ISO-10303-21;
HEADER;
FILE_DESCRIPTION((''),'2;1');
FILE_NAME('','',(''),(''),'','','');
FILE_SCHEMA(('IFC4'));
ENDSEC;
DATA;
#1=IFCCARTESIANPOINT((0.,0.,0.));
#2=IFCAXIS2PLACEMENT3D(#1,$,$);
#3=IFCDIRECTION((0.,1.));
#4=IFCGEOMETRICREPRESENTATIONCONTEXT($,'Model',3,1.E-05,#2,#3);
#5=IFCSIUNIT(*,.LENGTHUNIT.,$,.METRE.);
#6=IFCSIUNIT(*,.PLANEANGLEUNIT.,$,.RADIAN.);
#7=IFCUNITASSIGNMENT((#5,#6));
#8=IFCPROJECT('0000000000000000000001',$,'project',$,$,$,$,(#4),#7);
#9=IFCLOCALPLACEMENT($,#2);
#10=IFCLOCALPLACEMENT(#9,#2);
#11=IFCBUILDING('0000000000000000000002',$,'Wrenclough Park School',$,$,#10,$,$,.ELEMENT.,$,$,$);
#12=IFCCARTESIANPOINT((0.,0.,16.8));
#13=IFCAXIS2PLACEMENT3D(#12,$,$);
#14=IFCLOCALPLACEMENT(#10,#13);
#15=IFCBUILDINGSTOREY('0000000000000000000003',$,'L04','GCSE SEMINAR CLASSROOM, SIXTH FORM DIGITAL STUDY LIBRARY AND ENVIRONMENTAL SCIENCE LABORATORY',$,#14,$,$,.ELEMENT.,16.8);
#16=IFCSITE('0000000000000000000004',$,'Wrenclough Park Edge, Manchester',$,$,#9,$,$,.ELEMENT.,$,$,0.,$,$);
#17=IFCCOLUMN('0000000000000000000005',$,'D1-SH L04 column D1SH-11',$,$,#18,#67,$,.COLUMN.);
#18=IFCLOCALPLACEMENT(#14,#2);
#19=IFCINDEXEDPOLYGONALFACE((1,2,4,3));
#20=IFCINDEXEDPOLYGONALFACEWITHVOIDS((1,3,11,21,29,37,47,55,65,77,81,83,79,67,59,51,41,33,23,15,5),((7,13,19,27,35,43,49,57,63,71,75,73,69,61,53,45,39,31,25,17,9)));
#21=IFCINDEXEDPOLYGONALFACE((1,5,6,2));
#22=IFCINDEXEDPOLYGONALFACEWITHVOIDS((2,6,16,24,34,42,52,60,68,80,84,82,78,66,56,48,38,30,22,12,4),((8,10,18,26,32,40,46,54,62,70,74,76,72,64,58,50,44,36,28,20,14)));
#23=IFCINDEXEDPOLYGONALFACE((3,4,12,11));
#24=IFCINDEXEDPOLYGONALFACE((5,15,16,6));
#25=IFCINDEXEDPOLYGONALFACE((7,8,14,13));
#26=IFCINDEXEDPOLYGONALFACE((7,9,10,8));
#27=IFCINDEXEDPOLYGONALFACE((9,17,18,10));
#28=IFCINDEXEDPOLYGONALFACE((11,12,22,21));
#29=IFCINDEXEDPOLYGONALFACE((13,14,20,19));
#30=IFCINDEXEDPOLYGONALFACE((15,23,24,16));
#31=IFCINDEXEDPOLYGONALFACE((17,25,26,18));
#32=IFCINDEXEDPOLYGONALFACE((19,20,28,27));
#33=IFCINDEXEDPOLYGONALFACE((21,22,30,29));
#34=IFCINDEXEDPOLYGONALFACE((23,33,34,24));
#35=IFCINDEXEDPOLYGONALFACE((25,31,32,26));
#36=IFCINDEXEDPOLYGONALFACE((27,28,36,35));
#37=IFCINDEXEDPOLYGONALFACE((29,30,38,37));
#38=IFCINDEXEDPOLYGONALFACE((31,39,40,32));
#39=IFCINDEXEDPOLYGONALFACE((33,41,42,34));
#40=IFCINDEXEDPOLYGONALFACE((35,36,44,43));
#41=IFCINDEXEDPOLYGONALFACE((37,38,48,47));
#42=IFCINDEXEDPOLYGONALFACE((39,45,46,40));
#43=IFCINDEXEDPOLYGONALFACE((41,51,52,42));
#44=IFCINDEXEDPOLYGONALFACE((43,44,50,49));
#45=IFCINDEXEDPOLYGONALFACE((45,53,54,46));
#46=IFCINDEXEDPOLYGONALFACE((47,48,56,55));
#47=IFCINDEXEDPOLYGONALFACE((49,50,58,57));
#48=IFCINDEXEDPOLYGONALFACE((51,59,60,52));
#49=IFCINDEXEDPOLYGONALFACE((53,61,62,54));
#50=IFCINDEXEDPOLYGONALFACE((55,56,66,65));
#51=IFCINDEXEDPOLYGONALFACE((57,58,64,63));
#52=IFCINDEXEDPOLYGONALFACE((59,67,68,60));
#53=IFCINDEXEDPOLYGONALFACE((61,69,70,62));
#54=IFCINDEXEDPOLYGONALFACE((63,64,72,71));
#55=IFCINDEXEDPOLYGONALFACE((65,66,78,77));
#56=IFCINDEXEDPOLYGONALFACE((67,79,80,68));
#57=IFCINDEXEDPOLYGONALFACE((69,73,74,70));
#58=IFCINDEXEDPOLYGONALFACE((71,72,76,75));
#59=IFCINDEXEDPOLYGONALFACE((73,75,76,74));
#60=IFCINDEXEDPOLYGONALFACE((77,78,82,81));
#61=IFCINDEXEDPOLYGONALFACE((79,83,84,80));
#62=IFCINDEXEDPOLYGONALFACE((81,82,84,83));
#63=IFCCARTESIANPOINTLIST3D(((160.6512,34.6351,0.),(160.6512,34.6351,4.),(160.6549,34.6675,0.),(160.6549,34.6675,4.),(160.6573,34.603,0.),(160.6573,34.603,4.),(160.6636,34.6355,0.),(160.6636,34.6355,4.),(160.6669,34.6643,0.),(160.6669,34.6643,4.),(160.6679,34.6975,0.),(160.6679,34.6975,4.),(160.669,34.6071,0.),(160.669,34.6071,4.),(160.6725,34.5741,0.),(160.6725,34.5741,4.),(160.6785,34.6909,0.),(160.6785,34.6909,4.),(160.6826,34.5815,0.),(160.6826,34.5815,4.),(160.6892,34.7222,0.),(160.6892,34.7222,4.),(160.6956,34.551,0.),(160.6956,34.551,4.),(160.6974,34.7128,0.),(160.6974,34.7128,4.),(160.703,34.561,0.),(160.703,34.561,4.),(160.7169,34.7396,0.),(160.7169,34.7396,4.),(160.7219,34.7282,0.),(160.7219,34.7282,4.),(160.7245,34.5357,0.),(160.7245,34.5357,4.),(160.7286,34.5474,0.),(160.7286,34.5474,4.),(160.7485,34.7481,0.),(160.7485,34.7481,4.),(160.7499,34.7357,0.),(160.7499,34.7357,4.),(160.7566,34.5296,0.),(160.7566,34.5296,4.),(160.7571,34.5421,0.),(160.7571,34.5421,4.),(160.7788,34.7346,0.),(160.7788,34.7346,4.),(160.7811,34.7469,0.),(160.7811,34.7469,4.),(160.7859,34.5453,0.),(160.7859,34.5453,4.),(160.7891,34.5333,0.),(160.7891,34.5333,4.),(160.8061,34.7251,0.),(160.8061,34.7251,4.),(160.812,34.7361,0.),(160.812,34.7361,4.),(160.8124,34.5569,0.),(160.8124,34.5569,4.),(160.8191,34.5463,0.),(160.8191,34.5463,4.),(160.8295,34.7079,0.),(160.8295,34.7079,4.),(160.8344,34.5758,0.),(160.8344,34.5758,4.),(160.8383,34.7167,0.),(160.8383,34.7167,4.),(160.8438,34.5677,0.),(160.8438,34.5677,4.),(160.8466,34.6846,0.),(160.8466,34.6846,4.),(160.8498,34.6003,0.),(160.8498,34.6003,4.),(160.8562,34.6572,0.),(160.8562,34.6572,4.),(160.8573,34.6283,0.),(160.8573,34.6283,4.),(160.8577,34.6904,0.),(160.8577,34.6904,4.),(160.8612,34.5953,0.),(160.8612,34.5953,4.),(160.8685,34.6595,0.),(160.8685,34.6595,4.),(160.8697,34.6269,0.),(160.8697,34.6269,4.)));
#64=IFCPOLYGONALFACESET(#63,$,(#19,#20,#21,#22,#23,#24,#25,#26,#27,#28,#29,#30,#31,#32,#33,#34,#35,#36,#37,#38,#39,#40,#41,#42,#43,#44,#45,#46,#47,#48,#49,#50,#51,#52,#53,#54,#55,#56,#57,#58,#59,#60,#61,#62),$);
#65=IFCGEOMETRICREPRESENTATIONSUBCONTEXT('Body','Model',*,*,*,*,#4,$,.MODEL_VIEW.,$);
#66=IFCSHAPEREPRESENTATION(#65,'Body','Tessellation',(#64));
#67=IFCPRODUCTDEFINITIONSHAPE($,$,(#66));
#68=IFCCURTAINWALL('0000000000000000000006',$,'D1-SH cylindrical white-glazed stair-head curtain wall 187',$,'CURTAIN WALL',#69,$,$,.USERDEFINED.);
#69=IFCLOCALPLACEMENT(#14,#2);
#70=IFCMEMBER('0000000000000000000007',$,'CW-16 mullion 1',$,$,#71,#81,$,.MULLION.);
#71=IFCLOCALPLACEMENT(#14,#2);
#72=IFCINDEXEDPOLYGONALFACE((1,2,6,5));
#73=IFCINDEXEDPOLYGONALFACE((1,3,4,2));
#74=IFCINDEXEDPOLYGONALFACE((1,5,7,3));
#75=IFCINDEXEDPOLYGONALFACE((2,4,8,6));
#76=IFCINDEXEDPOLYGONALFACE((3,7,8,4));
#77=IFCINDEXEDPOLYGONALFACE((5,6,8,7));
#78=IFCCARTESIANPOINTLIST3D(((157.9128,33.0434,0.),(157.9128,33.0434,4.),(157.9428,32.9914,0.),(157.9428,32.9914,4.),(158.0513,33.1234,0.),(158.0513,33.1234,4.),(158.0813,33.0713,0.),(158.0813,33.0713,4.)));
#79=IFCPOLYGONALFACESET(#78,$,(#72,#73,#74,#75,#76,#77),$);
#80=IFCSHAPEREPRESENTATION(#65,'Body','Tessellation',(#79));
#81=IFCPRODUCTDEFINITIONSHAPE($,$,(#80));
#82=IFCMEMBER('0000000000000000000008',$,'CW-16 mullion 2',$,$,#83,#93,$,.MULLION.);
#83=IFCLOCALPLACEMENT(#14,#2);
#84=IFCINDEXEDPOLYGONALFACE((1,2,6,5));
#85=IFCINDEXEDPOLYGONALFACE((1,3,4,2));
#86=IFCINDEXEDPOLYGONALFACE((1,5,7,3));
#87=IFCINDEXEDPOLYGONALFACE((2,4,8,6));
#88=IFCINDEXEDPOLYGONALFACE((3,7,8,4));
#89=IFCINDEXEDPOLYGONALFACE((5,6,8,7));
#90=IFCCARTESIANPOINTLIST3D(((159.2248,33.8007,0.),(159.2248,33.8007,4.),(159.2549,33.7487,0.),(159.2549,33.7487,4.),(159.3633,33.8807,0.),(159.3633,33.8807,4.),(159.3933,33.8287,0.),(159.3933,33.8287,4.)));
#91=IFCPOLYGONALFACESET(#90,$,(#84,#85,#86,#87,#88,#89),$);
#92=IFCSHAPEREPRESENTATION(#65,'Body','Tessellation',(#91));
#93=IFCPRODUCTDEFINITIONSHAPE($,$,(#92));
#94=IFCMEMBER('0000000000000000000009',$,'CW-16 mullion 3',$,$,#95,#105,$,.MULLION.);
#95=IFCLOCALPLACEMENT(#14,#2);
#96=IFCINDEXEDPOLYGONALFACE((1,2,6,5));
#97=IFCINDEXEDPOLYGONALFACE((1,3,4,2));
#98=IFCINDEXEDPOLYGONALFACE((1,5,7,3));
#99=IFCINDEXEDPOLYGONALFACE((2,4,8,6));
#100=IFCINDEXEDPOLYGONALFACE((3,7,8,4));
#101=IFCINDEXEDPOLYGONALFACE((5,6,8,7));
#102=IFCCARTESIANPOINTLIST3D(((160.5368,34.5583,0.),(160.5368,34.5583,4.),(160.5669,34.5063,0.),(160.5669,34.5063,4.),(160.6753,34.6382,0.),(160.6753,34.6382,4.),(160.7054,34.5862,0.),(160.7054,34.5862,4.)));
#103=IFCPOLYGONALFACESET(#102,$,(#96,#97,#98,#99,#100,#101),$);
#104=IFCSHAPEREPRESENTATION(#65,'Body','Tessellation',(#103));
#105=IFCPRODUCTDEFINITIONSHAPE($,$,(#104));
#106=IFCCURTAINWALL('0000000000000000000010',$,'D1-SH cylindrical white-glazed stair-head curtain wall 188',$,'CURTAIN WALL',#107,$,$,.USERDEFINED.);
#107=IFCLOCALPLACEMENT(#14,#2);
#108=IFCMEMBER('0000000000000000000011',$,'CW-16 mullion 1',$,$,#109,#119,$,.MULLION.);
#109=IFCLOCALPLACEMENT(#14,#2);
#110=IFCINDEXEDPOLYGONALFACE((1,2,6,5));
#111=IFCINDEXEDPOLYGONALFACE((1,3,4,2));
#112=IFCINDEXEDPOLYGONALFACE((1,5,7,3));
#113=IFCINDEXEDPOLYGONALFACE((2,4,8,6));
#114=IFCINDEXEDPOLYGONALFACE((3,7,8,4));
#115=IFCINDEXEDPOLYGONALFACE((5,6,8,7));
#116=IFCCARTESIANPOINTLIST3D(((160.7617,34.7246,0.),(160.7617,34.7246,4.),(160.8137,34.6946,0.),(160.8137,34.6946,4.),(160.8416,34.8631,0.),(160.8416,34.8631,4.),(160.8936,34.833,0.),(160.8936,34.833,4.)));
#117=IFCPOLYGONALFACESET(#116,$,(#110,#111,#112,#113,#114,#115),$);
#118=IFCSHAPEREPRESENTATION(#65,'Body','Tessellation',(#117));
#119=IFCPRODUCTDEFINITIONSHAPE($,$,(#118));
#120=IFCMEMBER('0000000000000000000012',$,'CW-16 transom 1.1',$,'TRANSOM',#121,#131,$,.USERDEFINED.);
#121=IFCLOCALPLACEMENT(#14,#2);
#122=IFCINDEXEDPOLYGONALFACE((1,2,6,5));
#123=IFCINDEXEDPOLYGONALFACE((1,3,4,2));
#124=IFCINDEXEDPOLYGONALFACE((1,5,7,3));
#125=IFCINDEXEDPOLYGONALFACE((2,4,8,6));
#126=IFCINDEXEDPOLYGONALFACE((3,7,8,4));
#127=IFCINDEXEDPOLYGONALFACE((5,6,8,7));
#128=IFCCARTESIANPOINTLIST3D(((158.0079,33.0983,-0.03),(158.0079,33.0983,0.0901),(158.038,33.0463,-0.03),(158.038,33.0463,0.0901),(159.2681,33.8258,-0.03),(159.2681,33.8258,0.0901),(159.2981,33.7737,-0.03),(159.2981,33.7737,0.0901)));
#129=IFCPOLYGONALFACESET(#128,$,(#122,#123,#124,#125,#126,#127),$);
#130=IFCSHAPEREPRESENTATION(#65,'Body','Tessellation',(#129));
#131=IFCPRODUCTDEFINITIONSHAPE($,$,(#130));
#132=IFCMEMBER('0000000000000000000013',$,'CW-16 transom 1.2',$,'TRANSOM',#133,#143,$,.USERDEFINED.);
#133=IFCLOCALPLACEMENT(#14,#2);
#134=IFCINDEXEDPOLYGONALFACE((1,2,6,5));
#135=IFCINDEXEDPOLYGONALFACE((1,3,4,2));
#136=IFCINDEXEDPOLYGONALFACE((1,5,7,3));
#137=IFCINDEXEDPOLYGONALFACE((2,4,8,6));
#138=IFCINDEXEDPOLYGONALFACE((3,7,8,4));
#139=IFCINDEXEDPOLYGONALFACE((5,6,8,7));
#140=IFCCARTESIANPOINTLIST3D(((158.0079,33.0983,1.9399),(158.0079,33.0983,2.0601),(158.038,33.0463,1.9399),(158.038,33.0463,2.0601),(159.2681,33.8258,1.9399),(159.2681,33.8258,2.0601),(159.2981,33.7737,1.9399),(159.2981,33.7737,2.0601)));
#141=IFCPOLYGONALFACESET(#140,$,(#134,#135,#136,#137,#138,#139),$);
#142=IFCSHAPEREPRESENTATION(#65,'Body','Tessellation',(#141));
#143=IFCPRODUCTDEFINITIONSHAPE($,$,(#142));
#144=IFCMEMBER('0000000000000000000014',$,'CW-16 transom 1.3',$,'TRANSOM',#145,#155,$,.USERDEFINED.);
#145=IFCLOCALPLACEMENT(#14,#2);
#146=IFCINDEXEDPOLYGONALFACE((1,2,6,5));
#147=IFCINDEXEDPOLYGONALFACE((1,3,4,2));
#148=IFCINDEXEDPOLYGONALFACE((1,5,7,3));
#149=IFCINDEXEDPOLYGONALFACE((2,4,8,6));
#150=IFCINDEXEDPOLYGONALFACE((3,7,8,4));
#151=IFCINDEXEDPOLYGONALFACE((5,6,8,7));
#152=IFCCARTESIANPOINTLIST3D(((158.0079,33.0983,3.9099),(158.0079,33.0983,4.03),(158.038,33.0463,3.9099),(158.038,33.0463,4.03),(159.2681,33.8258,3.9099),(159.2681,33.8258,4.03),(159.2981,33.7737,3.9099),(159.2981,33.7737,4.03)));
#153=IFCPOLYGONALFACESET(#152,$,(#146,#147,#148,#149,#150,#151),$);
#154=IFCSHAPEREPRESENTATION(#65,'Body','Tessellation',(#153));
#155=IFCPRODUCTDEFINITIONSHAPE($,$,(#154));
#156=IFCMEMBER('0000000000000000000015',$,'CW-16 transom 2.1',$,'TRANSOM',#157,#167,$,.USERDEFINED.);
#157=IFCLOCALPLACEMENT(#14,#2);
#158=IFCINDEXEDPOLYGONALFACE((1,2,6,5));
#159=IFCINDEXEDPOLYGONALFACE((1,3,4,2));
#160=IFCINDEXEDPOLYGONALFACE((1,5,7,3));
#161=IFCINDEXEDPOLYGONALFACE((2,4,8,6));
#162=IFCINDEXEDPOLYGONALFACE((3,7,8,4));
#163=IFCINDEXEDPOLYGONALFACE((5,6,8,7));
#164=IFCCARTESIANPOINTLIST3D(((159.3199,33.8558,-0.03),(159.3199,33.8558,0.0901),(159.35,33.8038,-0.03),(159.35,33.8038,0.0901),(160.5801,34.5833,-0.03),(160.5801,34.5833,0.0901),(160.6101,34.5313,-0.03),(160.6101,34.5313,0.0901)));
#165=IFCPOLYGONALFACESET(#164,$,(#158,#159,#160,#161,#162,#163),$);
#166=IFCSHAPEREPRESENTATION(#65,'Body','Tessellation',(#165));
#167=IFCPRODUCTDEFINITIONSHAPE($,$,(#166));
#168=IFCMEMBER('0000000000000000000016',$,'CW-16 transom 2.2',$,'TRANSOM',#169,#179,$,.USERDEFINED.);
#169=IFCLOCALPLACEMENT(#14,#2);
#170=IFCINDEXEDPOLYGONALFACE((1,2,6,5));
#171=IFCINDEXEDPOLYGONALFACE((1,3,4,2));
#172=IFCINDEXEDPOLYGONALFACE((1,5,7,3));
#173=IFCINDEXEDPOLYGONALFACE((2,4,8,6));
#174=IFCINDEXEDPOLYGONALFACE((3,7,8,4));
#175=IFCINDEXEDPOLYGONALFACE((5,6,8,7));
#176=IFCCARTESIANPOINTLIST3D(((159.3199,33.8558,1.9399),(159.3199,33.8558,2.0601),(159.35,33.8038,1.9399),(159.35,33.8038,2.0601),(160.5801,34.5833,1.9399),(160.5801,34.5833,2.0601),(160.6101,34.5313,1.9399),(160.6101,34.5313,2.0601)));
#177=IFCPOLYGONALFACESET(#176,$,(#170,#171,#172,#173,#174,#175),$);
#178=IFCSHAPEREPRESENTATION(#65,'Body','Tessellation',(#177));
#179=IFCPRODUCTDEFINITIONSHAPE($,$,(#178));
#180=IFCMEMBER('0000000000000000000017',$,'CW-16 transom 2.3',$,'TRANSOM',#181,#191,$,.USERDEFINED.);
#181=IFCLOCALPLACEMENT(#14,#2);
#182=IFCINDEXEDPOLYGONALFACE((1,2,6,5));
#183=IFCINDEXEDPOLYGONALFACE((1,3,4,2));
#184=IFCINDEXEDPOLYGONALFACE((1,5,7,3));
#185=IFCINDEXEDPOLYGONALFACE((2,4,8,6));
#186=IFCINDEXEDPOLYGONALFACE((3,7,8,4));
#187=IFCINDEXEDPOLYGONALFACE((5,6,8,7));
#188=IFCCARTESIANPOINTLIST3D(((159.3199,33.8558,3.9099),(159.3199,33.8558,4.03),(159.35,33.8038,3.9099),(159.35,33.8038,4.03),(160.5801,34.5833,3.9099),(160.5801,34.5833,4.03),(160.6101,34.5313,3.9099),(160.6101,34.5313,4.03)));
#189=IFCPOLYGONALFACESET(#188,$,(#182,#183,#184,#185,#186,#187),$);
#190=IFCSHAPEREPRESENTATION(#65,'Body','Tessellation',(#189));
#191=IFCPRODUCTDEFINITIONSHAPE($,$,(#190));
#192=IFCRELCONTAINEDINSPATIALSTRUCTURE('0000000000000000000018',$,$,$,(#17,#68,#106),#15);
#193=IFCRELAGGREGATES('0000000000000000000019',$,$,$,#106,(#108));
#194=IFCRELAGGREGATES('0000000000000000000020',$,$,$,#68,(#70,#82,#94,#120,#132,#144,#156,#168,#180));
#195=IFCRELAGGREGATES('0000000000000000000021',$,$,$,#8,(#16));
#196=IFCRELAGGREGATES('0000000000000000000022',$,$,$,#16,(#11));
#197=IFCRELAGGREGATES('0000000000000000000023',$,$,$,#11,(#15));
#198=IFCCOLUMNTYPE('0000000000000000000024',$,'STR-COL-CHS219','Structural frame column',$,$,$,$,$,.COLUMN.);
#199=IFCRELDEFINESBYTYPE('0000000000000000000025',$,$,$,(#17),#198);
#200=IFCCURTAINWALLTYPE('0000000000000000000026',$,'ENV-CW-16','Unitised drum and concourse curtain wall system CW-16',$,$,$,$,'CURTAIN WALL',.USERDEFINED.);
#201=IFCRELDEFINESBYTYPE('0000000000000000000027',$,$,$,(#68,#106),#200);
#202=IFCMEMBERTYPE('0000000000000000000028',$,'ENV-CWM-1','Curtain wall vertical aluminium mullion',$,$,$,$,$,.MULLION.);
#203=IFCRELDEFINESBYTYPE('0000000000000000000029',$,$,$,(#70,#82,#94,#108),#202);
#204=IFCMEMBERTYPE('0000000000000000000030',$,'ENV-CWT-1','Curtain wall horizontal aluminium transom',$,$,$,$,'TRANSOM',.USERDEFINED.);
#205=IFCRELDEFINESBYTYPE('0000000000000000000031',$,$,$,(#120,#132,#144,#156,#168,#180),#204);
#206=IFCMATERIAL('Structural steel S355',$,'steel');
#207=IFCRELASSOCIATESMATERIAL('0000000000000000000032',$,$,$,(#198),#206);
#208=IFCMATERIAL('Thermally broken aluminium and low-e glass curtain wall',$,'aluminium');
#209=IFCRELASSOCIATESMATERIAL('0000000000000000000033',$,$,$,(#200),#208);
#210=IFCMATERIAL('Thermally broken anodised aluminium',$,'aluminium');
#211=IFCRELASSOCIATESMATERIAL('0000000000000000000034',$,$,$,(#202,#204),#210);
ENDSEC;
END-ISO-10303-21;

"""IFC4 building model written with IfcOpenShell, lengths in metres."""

from ifc_helpers import new_model, si_unit, direction, frame, origin, origin_2d, place, context, subcontext, project, spatial, rectangle, hollow_circle, extrude, material, material_profile, profile_set, type_object, element, aggregate, save


model = new_model("IFC4")

# Units and contexts
model_context = context("Model", 3, precision=1e-05, world=origin(), true_north=direction((0.0, 1.0)))
body_context = subcontext(model_context, "Body", "Model", "MODEL_VIEW")
ifc_project = project(units=[si_unit("LENGTHUNIT", "METRE"), si_unit("PLANEANGLEUNIT", "RADIAN")], contexts=[model_context])

# Site, building, storey
site_placement = place(None, origin())
site = spatial("IfcSite", under=ifc_project, at=site_placement, Name="Wrenclough Park Edge, Manchester", CompositionType="ELEMENT", RefElevation=0.0)
building_placement = place(site_placement, origin())
building = spatial("IfcBuilding", under=site, at=building_placement, Name="Wrenclough Park School", CompositionType="ELEMENT")
storey_placement = place(building_placement, frame((0.0, 0.0, 16.8)))
storey = spatial("IfcBuildingStorey", under=building, at=storey_placement, Name="L04", Description="GCSE SEMINAR CLASSROOM, SIXTH FORM DIGITAL STUDY LIBRARY AND ENVIRONMENTAL SCIENCE LABORATORY", CompositionType="ELEMENT", Elevation=16.8)

# Column
ifc_material_1 = material(Name="Structural steel S355", Category="steel")
ifc_material_profile_1 = material_profile(ifc_material_1, hollow_circle(Radius=0.1096, WallThickness=0.0125, at=origin_2d()), Name="CHS 219.1x12.5")
ifc_profile_set_1 = profile_set([ifc_material_profile_1], Name="Structural steel S355")
column_type = type_object("IfcColumnType", Name="STR-COL-CHS219", Description="Structural frame column", PredefinedType="COLUMN", material=ifc_profile_set_1)
column_placement = place(storey_placement, frame((160.7607, 34.6392, 0.0), z_axis=(0.0, 0.0, 1.0), x_axis=(0.707107, 0.707107, 0.0)))
element("IfcColumn", 1, at=column_placement, inside=storey, type_object=column_type, Name="D1-SH L04 column D1SH-11", PredefinedType="COLUMN", context=body_context, shape_type="SweptSolid", body=[
    extrude(hollow_circle(Radius=0.1096, WallThickness=0.0125, at=origin_2d()), origin(), (0.0, 0.0, 1.0), 4.0),
])

# Curtain wall, members
ifc_material_2 = material(Name="Thermally broken aluminium and low-e glass curtain wall", Category="aluminium")
curtain_wall_type = type_object("IfcCurtainWallType", Name="ENV-CW-16", Description="Unitised drum and concourse curtain wall system CW-16", ElementType="CURTAIN WALL", PredefinedType="USERDEFINED", material=ifc_material_2)
curtain_wall_1_placement = place(storey_placement, origin())
curtain_wall_1 = element("IfcCurtainWall", 2, at=curtain_wall_1_placement, inside=storey, type_object=curtain_wall_type, Name="D1-SH cylindrical white-glazed stair-head curtain wall 187", ObjectType="CURTAIN WALL", PredefinedType="USERDEFINED")
ifc_material_3 = material(Name="Thermally broken anodised aluminium", Category="aluminium")
ifc_material_profile_2 = material_profile(ifc_material_3, rectangle(XDim=0.0601, YDim=0.1599, at=origin_2d()), Name="AL MULLION 60x160")
ifc_profile_set_2 = profile_set([ifc_material_profile_2], Name="Thermally broken anodised aluminium")
member_type_1 = type_object("IfcMemberType", Name="ENV-CWM-1", Description="Curtain wall vertical aluminium mullion", PredefinedType="MULLION", material=ifc_profile_set_2)
member_1_placement = place(storey_placement, frame((157.9971, 33.0574, 0.0), z_axis=(0.0, 0.0, 1.0), x_axis=(-0.500003, 0.866024, 0.0)))
member_1 = element("IfcMember", 3, at=member_1_placement, type_object=member_type_1, Name="CW-16 mullion 1", PredefinedType="MULLION", context=body_context, shape_type="SweptSolid", body=[
    extrude(rectangle(XDim=0.0601, YDim=0.1599, at=origin_2d()), origin(), (0.0, 0.0, 1.0), 4.0),
])
member_2_placement = place(storey_placement, frame((159.3091, 33.8147, 0.0), z_axis=(0.0, 0.0, 1.0), x_axis=(-0.500003, 0.866024, 0.0)))
member_2 = element("IfcMember", 4, at=member_2_placement, type_object=member_type_1, Name="CW-16 mullion 2", PredefinedType="MULLION", context=body_context, shape_type="SweptSolid", body=[
    extrude(rectangle(XDim=0.0601, YDim=0.1599, at=origin_2d()), origin(), (0.0, 0.0, 1.0), 4.0),
])
member_3_placement = place(storey_placement, frame((160.6211, 34.5723, 0.0), z_axis=(0.0, 0.0, 1.0), x_axis=(-0.500003, 0.866024, 0.0)))
member_3 = element("IfcMember", 5, at=member_3_placement, type_object=member_type_1, Name="CW-16 mullion 3", PredefinedType="MULLION", context=body_context, shape_type="SweptSolid", body=[
    extrude(rectangle(XDim=0.0601, YDim=0.1599, at=origin_2d()), origin(), (0.0, 0.0, 1.0), 4.0),
])

# Curtain wall, member
curtain_wall_2_placement = place(storey_placement, origin())
curtain_wall_2 = element("IfcCurtainWall", 6, at=curtain_wall_2_placement, inside=storey, type_object=curtain_wall_type, Name="D1-SH cylindrical white-glazed stair-head curtain wall 188", ObjectType="CURTAIN WALL", PredefinedType="USERDEFINED")
member_4_placement = place(storey_placement, frame((160.8276, 34.7788, 0.0), z_axis=(0.0, 0.0, 1.0), x_axis=(-0.866017, 0.500015, 0.0)))
member_4 = element("IfcMember", 7, at=member_4_placement, type_object=member_type_1, Name="CW-16 mullion 1", PredefinedType="MULLION", context=body_context, shape_type="SweptSolid", body=[
    extrude(rectangle(XDim=0.0601, YDim=0.1599, at=origin_2d()), origin(), (0.0, 0.0, 1.0), 4.0),
])

# Members
ifc_material_profile_3 = material_profile(ifc_material_3, rectangle(XDim=0.0601, YDim=0.1201, at=origin_2d()), Name="AL TRANSOM 60x120")
ifc_profile_set_3 = profile_set([ifc_material_profile_3], Name="Thermally broken anodised aluminium")
member_type_2 = type_object("IfcMemberType", Name="ENV-CWT-1", Description="Curtain wall horizontal aluminium transom", ElementType="TRANSOM", PredefinedType="USERDEFINED", material=ifc_profile_set_3)
member_5_placement = place(storey_placement, frame((158.0229, 33.0723, 0.03), z_axis=(0.866046, 0.499965, 0.0), x_axis=(-0.499965, 0.866046, 0.0)))
member_5 = element("IfcMember", 8, at=member_5_placement, type_object=member_type_2, Name="CW-16 transom 1.1", ObjectType="TRANSOM", PredefinedType="USERDEFINED", context=body_context, shape_type="SweptSolid", body=[
    extrude(rectangle(XDim=0.0601, YDim=0.1201, at=origin_2d()), origin(), (0.0, 0.0, 1.0), 1.4551),
])
member_6_placement = place(storey_placement, frame((158.0229, 33.0723, 2.0), z_axis=(0.866046, 0.499965, 0.0), x_axis=(-0.499965, 0.866046, 0.0)))
member_6 = element("IfcMember", 9, at=member_6_placement, type_object=member_type_2, Name="CW-16 transom 1.2", ObjectType="TRANSOM", PredefinedType="USERDEFINED", context=body_context, shape_type="SweptSolid", body=[
    extrude(rectangle(XDim=0.0601, YDim=0.1201, at=origin_2d()), origin(), (0.0, 0.0, 1.0), 1.4551),
])
member_7_placement = place(storey_placement, frame((158.0229, 33.0723, 3.97), z_axis=(0.866046, 0.499965, 0.0), x_axis=(-0.499965, 0.866046, 0.0)))
member_7 = element("IfcMember", 10, at=member_7_placement, type_object=member_type_2, Name="CW-16 transom 1.3", ObjectType="TRANSOM", PredefinedType="USERDEFINED", context=body_context, shape_type="SweptSolid", body=[
    extrude(rectangle(XDim=0.0601, YDim=0.1201, at=origin_2d()), origin(), (0.0, 0.0, 1.0), 1.4551),
])
member_8_placement = place(storey_placement, frame((159.335, 33.8298, 0.03), z_axis=(0.866046, 0.499965, 0.0), x_axis=(-0.499965, 0.866046, 0.0)))
member_8 = element("IfcMember", 11, at=member_8_placement, type_object=member_type_2, Name="CW-16 transom 2.1", ObjectType="TRANSOM", PredefinedType="USERDEFINED", context=body_context, shape_type="SweptSolid", body=[
    extrude(rectangle(XDim=0.0601, YDim=0.1201, at=origin_2d()), origin(), (0.0, 0.0, 1.0), 1.4551),
])
member_9_placement = place(storey_placement, frame((159.335, 33.8298, 2.0), z_axis=(0.866046, 0.499965, 0.0), x_axis=(-0.499965, 0.866046, 0.0)))
member_9 = element("IfcMember", 12, at=member_9_placement, type_object=member_type_2, Name="CW-16 transom 2.2", ObjectType="TRANSOM", PredefinedType="USERDEFINED", context=body_context, shape_type="SweptSolid", body=[
    extrude(rectangle(XDim=0.0601, YDim=0.1201, at=origin_2d()), origin(), (0.0, 0.0, 1.0), 1.4551),
])
member_10_placement = place(storey_placement, frame((159.335, 33.8298, 3.97), z_axis=(0.866046, 0.499965, 0.0), x_axis=(-0.499965, 0.866046, 0.0)))
member_10 = element("IfcMember", 13, at=member_10_placement, type_object=member_type_2, Name="CW-16 transom 2.3", ObjectType="TRANSOM", PredefinedType="USERDEFINED", context=body_context, shape_type="SweptSolid", body=[
    extrude(rectangle(XDim=0.0601, YDim=0.1201, at=origin_2d()), origin(), (0.0, 0.0, 1.0), 1.4551),
])
aggregate(curtain_wall_2, [member_4])

aggregate(curtain_wall_1, [member_1, member_2, member_3, member_5, member_6, member_7, member_8, member_9, member_10])

save(model, "model.ifc")
